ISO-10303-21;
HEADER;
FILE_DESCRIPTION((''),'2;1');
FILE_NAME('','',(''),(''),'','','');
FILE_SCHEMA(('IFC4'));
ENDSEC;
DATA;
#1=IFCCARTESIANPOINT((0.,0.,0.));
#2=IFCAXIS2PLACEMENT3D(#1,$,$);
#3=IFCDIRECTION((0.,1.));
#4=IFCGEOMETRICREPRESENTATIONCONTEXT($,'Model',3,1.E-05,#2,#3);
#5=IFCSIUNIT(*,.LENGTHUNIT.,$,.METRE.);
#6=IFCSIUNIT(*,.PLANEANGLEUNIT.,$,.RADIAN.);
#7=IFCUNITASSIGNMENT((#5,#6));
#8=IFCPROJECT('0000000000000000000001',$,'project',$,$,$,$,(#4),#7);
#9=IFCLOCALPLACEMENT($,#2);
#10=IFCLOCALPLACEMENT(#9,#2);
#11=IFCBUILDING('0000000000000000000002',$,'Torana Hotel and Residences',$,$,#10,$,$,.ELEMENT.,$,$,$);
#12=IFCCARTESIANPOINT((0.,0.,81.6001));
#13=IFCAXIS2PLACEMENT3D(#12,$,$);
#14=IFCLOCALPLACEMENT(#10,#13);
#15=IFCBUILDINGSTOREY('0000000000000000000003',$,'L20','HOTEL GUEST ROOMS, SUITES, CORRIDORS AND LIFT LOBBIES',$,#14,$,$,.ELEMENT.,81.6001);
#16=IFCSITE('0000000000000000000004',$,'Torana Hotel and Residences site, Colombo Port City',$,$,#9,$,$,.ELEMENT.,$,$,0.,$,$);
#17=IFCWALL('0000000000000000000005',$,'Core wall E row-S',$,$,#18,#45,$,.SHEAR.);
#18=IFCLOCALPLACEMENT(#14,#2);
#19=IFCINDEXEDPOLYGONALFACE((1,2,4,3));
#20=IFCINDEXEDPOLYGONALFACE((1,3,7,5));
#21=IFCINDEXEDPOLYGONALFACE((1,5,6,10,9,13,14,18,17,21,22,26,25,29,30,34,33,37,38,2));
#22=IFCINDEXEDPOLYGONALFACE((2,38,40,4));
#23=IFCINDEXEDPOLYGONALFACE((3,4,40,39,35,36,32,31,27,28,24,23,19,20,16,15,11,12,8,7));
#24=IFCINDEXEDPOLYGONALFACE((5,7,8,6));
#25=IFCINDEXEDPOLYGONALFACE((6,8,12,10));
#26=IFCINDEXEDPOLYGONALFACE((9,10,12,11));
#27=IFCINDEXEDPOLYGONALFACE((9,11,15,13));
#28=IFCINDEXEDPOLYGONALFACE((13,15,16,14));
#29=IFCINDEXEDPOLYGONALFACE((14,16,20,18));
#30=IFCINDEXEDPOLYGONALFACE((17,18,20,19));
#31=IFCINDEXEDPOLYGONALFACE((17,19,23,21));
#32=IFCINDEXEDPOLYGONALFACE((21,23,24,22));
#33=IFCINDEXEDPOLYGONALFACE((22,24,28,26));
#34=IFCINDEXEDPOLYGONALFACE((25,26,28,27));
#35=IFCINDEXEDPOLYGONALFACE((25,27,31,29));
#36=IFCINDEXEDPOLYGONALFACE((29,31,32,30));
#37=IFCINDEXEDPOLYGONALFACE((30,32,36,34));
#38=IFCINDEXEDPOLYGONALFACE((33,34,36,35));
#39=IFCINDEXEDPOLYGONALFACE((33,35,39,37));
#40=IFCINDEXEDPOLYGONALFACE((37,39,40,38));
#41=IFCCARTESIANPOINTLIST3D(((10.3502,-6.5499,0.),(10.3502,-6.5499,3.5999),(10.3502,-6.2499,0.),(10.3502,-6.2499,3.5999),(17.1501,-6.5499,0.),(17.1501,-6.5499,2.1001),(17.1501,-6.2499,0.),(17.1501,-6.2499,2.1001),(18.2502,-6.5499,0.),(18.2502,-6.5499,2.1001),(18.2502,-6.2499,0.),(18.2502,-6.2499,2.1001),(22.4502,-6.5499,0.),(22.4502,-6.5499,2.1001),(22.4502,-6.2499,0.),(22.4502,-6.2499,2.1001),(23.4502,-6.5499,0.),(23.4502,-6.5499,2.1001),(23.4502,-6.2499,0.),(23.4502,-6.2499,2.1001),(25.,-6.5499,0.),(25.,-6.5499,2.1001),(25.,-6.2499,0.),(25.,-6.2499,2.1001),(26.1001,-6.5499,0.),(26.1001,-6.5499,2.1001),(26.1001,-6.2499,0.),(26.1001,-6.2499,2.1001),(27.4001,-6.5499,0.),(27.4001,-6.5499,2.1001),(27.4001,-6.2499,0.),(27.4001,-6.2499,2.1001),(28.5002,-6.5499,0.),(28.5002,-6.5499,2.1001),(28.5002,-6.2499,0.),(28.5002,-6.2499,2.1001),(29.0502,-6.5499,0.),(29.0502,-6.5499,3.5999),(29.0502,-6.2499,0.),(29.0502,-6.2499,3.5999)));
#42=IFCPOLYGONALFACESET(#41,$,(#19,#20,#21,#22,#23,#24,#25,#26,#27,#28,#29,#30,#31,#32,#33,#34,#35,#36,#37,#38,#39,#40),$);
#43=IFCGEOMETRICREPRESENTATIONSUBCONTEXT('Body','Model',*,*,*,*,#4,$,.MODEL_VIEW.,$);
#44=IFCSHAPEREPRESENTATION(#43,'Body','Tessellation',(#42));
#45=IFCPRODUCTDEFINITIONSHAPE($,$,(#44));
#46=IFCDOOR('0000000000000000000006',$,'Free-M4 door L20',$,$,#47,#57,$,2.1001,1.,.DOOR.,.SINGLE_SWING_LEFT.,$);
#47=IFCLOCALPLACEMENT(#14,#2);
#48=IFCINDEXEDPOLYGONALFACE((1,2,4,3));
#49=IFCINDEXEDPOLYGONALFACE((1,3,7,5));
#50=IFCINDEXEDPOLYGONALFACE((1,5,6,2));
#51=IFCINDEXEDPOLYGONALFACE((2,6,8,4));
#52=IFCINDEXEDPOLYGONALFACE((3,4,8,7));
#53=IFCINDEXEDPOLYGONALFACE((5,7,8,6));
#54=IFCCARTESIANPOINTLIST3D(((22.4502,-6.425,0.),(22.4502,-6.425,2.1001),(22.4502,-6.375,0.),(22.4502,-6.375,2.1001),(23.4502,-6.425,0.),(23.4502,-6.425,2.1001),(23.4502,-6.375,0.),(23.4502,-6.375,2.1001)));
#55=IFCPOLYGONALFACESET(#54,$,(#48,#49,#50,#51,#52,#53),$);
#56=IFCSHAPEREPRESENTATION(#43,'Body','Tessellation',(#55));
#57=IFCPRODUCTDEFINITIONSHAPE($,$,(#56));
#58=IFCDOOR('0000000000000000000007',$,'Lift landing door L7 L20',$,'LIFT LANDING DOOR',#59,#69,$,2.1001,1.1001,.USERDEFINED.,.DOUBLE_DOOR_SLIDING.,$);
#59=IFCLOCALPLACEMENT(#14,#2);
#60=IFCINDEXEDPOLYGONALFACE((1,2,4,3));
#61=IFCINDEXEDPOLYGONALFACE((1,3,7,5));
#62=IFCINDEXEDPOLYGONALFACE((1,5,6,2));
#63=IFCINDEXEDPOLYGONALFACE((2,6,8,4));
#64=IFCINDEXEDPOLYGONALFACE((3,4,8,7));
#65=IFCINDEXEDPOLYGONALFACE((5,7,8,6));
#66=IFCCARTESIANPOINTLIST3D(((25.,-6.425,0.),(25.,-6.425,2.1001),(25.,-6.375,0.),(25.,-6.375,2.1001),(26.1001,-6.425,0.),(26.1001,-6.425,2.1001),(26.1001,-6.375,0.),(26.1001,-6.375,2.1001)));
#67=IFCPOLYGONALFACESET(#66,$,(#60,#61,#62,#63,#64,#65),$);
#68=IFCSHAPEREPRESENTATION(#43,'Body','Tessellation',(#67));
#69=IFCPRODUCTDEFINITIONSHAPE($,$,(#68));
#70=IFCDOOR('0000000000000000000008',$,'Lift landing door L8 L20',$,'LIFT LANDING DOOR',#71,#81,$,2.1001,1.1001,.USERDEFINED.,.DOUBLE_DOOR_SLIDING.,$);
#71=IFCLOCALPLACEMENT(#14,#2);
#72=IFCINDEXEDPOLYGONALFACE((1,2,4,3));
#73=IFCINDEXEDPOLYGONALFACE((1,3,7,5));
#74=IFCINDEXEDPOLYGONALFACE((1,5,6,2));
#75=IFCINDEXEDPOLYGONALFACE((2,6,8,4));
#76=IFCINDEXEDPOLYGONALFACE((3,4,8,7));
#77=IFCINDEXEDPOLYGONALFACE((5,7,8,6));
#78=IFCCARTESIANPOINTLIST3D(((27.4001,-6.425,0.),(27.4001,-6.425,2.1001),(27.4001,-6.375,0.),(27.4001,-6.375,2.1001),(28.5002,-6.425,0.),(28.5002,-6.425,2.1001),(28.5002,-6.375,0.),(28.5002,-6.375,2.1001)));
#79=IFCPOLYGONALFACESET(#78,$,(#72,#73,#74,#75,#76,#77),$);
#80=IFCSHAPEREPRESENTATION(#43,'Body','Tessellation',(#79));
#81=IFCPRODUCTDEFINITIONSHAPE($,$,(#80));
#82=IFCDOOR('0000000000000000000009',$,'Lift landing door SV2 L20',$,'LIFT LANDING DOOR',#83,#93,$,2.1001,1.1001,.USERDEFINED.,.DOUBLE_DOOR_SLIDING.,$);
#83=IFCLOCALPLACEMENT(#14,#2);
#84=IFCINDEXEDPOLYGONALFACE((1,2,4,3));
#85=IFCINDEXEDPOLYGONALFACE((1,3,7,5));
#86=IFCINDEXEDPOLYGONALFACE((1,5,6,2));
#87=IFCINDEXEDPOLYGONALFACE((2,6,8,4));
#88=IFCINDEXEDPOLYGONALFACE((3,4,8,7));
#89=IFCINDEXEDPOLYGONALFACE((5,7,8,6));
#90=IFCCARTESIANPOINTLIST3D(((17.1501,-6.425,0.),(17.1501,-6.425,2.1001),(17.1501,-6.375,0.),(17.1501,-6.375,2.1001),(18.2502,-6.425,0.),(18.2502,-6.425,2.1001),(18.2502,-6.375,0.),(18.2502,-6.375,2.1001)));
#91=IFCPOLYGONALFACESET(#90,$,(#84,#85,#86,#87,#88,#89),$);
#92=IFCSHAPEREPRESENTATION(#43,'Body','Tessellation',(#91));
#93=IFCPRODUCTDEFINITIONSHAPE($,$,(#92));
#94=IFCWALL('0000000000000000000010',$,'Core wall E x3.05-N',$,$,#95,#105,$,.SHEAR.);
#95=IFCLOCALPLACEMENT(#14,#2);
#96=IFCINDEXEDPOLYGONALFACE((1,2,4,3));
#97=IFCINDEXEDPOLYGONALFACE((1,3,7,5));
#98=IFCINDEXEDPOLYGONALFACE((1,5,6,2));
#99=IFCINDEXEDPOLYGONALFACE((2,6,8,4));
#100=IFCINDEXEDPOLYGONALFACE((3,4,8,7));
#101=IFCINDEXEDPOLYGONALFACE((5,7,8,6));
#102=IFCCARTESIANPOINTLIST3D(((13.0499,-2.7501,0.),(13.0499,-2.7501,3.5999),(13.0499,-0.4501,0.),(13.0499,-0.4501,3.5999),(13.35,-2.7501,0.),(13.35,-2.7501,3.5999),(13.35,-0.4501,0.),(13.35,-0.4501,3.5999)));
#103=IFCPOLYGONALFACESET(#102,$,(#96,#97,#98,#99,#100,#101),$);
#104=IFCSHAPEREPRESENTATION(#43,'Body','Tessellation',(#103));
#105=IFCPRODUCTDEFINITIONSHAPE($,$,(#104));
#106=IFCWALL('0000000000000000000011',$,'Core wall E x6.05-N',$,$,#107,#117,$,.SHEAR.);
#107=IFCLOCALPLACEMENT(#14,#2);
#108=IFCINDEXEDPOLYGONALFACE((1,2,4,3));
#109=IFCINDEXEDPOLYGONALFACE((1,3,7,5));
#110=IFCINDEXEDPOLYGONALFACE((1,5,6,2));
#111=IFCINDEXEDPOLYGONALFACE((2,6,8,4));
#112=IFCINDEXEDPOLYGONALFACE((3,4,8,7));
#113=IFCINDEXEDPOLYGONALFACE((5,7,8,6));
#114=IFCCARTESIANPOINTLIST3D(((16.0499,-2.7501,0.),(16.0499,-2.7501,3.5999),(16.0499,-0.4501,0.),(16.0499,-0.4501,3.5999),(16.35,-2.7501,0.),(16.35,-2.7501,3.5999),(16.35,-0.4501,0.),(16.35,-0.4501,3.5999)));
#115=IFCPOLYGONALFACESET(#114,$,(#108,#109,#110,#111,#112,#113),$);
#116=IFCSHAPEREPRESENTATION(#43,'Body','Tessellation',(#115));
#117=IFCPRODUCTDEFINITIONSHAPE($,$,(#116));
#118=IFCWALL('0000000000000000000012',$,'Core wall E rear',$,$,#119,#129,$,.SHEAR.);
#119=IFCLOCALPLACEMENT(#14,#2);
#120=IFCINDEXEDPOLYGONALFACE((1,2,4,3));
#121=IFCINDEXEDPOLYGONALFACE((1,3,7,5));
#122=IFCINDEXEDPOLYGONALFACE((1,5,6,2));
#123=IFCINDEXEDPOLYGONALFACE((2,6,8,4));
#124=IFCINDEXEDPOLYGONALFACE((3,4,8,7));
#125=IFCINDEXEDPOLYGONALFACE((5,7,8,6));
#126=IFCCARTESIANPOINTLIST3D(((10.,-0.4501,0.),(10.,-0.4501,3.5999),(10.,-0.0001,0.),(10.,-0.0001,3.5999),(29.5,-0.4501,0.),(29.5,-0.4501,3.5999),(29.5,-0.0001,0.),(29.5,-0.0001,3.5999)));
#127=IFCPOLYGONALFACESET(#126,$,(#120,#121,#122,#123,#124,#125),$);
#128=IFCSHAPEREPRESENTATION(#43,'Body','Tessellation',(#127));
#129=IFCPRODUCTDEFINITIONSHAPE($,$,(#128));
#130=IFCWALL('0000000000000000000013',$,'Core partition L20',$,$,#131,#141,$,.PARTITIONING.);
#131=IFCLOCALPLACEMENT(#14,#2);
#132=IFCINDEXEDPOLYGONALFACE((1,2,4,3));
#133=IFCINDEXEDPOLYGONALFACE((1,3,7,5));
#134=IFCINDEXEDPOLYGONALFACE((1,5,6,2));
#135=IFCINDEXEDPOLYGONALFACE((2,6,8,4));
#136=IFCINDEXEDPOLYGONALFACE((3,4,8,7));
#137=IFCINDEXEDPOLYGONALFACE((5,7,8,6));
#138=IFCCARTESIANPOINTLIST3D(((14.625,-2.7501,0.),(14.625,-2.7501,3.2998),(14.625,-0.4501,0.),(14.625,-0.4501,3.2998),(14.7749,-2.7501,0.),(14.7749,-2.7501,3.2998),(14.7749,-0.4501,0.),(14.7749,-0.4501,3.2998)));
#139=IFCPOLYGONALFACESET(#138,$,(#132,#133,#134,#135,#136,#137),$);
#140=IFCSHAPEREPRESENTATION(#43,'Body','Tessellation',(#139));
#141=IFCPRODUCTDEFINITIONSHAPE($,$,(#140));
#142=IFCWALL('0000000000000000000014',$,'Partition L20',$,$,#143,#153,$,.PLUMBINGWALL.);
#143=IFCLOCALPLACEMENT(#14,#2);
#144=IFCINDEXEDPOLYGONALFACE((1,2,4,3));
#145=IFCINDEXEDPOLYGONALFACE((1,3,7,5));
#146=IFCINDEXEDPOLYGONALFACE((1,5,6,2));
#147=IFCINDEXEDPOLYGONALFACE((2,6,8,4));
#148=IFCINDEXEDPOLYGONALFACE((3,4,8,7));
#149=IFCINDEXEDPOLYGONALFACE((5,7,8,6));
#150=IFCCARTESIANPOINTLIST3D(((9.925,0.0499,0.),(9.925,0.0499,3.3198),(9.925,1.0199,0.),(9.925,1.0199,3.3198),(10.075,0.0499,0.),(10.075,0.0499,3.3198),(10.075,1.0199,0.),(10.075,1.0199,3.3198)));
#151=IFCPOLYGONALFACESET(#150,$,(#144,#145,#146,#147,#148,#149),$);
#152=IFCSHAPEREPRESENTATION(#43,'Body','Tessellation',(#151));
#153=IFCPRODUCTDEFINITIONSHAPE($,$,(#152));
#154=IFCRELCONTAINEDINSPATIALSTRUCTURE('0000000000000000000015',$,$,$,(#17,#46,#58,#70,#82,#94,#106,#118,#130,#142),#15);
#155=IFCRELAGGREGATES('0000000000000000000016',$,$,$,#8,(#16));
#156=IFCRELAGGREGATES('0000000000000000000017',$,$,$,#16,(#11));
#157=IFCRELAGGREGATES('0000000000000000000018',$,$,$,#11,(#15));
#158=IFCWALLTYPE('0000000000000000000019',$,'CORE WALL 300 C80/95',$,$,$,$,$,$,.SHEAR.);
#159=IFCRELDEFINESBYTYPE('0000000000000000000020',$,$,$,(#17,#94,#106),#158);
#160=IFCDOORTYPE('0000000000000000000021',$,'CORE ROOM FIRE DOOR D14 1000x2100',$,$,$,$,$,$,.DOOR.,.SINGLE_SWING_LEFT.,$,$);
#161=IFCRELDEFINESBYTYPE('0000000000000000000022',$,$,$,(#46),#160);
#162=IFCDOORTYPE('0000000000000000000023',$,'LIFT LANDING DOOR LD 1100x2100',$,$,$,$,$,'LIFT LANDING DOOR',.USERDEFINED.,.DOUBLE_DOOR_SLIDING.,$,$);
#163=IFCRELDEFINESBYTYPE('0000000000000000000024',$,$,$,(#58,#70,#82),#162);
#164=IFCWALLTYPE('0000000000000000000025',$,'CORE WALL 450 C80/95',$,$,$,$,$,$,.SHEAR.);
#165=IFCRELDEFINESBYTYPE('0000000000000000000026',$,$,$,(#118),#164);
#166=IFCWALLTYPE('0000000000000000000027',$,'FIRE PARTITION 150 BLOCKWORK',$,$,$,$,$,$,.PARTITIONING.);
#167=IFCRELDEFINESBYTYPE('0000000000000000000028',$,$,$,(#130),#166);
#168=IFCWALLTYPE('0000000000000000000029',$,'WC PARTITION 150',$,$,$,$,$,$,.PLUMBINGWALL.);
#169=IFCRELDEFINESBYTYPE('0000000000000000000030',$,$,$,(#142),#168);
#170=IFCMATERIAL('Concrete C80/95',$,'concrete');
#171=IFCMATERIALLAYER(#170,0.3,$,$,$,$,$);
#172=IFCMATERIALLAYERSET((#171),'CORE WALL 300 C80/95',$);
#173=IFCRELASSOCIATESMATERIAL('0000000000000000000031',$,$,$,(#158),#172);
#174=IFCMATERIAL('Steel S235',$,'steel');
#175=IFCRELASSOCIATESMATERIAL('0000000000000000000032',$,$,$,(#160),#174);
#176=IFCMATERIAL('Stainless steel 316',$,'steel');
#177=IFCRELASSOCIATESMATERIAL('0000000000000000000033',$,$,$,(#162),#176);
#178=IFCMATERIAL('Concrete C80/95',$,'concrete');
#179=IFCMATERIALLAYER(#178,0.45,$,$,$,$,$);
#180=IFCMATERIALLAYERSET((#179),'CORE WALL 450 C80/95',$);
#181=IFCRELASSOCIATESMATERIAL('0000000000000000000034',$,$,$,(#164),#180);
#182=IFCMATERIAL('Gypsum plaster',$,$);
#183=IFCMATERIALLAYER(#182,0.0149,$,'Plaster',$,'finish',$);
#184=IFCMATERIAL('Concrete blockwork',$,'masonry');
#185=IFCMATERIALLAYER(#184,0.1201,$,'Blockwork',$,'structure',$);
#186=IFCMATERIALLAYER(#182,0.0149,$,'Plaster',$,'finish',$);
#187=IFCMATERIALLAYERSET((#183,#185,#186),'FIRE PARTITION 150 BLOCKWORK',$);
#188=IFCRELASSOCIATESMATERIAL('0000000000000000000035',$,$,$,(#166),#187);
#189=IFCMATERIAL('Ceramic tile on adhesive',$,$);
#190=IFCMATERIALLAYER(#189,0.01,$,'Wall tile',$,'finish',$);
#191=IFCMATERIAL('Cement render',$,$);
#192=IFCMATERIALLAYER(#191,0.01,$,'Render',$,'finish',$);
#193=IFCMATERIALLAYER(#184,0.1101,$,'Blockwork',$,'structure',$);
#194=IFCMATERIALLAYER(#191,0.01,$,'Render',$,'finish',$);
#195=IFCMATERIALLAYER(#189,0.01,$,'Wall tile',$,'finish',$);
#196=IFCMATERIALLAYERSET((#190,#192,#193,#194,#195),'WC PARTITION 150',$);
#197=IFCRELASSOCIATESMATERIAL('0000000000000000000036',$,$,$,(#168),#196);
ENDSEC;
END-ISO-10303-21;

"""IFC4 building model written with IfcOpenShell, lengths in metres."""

from ifc_helpers import new_model, si_unit, direction, frame, frame_2d, origin, place, context, subcontext, project, spatial, rectangle, extrude, material, layer, layer_set, type_object, element, fill, save


model = new_model("IFC4")

# Units and contexts
model_context = context("Model", 3, precision=1e-05, world=origin(), true_north=direction((0.0, 1.0)))
body_context = subcontext(model_context, "Body", "Model", "MODEL_VIEW")
ifc_project = project(units=[si_unit("LENGTHUNIT", "METRE"), si_unit("PLANEANGLEUNIT", "RADIAN")], contexts=[model_context])

# Site, building, storey
site_placement = place(None, origin())
site = spatial("IfcSite", under=ifc_project, at=site_placement, Name="Torana Hotel and Residences site, Colombo Port City", CompositionType="ELEMENT", RefElevation=0.0)
building_placement = place(site_placement, origin())
building = spatial("IfcBuilding", under=site, at=building_placement, Name="Torana Hotel and Residences", CompositionType="ELEMENT")
storey_placement = place(building_placement, frame((0.0, 0.0, 81.6001)))
storey = spatial("IfcBuildingStorey", under=building, at=storey_placement, Name="L20", Description="HOTEL GUEST ROOMS, SUITES, CORRIDORS AND LIFT LOBBIES", CompositionType="ELEMENT", Elevation=81.6001)

# Wall, openings, doors
ifc_material_1 = material(Name="Concrete C80/95", Category="concrete")
ifc_layer_1 = layer(ifc_material_1, 0.3)
ifc_layer_set_1 = layer_set([ifc_layer_1], Name="CORE WALL 300 C80/95")
wall_type_1 = type_object("IfcWallType", Name="CORE WALL 300 C80/95", PredefinedType="SHEAR", material=ifc_layer_set_1)
ifc_material_2 = material(Name="Steel S235", Category="steel")
door_type_1 = type_object("IfcDoorType", Name="CORE ROOM FIRE DOOR D14 1000x2100", OperationType="SINGLE_SWING_LEFT", PredefinedType="DOOR", material=ifc_material_2)
ifc_material_3 = material(Name="Stainless steel 316", Category="steel")
door_type_2 = type_object("IfcDoorType", Name="LIFT LANDING DOOR LD 1100x2100", ElementType="LIFT LANDING DOOR", OperationType="DOUBLE_DOOR_SLIDING", PredefinedType="USERDEFINED", material=ifc_material_3)
wall_1_placement = place(storey_placement, frame((10.3501, -6.3999, 0.0), z_axis=(0.0, 0.0, 1.0), x_axis=(1.0, 0.0, 0.0)))
wall_1 = element("IfcWall", 1, at=wall_1_placement, inside=storey, type_object=wall_type_1, Name="Core wall E row-S", PredefinedType="SHEAR", context=body_context, shape_type="SweptSolid", body=[
    extrude(rectangle(XDim=18.7, YDim=0.3, at=frame_2d((9.3501, 0.0))), origin(), (0.0, 0.0, 1.0), 3.5999),
])
opening_1_placement = place(wall_1_placement, frame((14.6499, 0.0, 0.0)))
opening_1 = element("IfcOpeningElement", 2, at=opening_1_placement, cuts=wall_1, PredefinedType="OPENING", context=body_context, shape_type="SweptSolid", body=[
    extrude(rectangle(XDim=1.1001, YDim=2.1001, at=frame_2d((0.55, 1.05))), frame((0.0, 0.1599, 0.0), z_axis=(0.0, -1.0, 0.0), x_axis=(1.0, 0.0, 0.0)), (0.0, 0.0, 1.0), 0.3201),
])
opening_2_placement = place(wall_1_placement, frame((17.05, 0.0, 0.0)))
opening_2 = element("IfcOpeningElement", 3, at=opening_2_placement, cuts=wall_1, PredefinedType="OPENING", context=body_context, shape_type="SweptSolid", body=[
    extrude(rectangle(XDim=1.1001, YDim=2.1001, at=frame_2d((0.55, 1.05))), frame((0.0, 0.1599, 0.0), z_axis=(0.0, -1.0, 0.0), x_axis=(1.0, 0.0, 0.0)), (0.0, 0.0, 1.0), 0.3201),
])
opening_3_placement = place(wall_1_placement, frame((6.8, 0.0, 0.0)))
opening_3 = element("IfcOpeningElement", 4, at=opening_3_placement, cuts=wall_1, PredefinedType="OPENING", context=body_context, shape_type="SweptSolid", body=[
    extrude(rectangle(XDim=1.1001, YDim=2.1001, at=frame_2d((0.55, 1.05))), frame((0.0, 0.1599, 0.0), z_axis=(0.0, -1.0, 0.0), x_axis=(1.0, 0.0, 0.0)), (0.0, 0.0, 1.0), 0.3201),
])
opening_4_placement = place(wall_1_placement, frame((12.1001, 0.0, 0.0)))
opening_4 = element("IfcOpeningElement", 5, at=opening_4_placement, cuts=wall_1, PredefinedType="OPENING", context=body_context, shape_type="SweptSolid", body=[
    extrude(rectangle(XDim=1.0, YDim=2.1001, at=frame_2d((0.5, 1.05))), frame((0.0, 0.1599, 0.0), z_axis=(0.0, -1.0, 0.0), x_axis=(1.0, 0.0, 0.0)), (0.0, 0.0, 1.0), 0.3201),
])
door_1_placement = place(opening_4_placement, frame((0.5, 0.0, 0.0), z_axis=(0.0, 0.0, 1.0), x_axis=(-1.0, 0.0, 0.0)))
door_1 = element("IfcDoor", 6, at=door_1_placement, inside=storey, type_object=door_type_1, Name="Free-M4 door L20", OperationType="SINGLE_SWING_LEFT", OverallHeight=2.1001, OverallWidth=1.0, PredefinedType="DOOR", context=body_context, shape_type="SweptSolid", body=[
    extrude(rectangle(XDim=1.0, YDim=2.1001, at=frame_2d((0.0, 1.05))), frame((0.0, -0.0249, 0.0), z_axis=(0.0, 1.0, 0.0), x_axis=(-1.0, 0.0, 0.0)), (0.0, 0.0, 1.0), 0.05),
])
fill(opening_4, door_1)
door_2_placement = place(opening_1_placement, origin())
door_2 = element("IfcDoor", 7, at=door_2_placement, inside=storey, type_object=door_type_2, Name="Lift landing door L7 L20", ObjectType="LIFT LANDING DOOR", OperationType="DOUBLE_DOOR_SLIDING", OverallHeight=2.1001, OverallWidth=1.1001, PredefinedType="USERDEFINED", context=body_context, shape_type="SweptSolid", body=[
    extrude(rectangle(XDim=1.1001, YDim=2.1001, at=frame_2d((0.55, 1.05))), frame((0.0, 0.0249, 0.0), z_axis=(0.0, -1.0, 0.0), x_axis=(1.0, 0.0, 0.0)), (0.0, 0.0, 1.0), 0.05),
])
fill(opening_1, door_2)
door_3_placement = place(opening_2_placement, origin())
door_3 = element("IfcDoor", 8, at=door_3_placement, inside=storey, type_object=door_type_2, Name="Lift landing door L8 L20", ObjectType="LIFT LANDING DOOR", OperationType="DOUBLE_DOOR_SLIDING", OverallHeight=2.1001, OverallWidth=1.1001, PredefinedType="USERDEFINED", context=body_context, shape_type="SweptSolid", body=[
    extrude(rectangle(XDim=1.1001, YDim=2.1001, at=frame_2d((0.55, 1.05))), frame((0.0, 0.0249, 0.0), z_axis=(0.0, -1.0, 0.0), x_axis=(1.0, 0.0, 0.0)), (0.0, 0.0, 1.0), 0.05),
])
fill(opening_2, door_3)
door_4_placement = place(opening_3_placement, origin())
door_4 = element("IfcDoor", 9, at=door_4_placement, inside=storey, type_object=door_type_2, Name="Lift landing door SV2 L20", ObjectType="LIFT LANDING DOOR", OperationType="DOUBLE_DOOR_SLIDING", OverallHeight=2.1001, OverallWidth=1.1001, PredefinedType="USERDEFINED", context=body_context, shape_type="SweptSolid", body=[
    extrude(rectangle(XDim=1.1001, YDim=2.1001, at=frame_2d((0.55, 1.05))), frame((0.0, 0.0249, 0.0), z_axis=(0.0, -1.0, 0.0), x_axis=(1.0, 0.0, 0.0)), (0.0, 0.0, 1.0), 0.05),
])
fill(opening_3, door_4)

# Walls
for number, where, z_axis, x_axis, name in (
    (10, (13.2, -2.75, 0.0), (0.0, 0.0, 1.0), (0.0, 1.0, 0.0), "Core wall E x3.05-N"),
    (11, (16.2, -2.75, 0.0), (0.0, 0.0, 1.0), (0.0, 1.0, 0.0), "Core wall E x6.05-N"),
):
    element("IfcWall", number, at=place(storey_placement, frame(where, z_axis=z_axis, x_axis=x_axis)), inside=storey, type_object=wall_type_1, Name=name, PredefinedType="SHEAR", context=body_context, shape_type="SweptSolid", body=[
        extrude(rectangle(XDim=2.3, YDim=0.3, at=frame_2d((1.1499, 0.0))), origin(), (0.0, 0.0, 1.0), 3.5999),
    ])
ifc_material_4 = material(Name="Concrete C80/95", Category="concrete")
ifc_layer_2 = layer(ifc_material_4, 0.45)
ifc_layer_set_2 = layer_set([ifc_layer_2], Name="CORE WALL 450 C80/95")
wall_type_2 = type_object("IfcWallType", Name="CORE WALL 450 C80/95", PredefinedType="SHEAR", material=ifc_layer_set_2)
wall_2_placement = place(storey_placement, frame((10.0, -0.2251, 0.0), z_axis=(0.0, 0.0, 1.0), x_axis=(1.0, 0.0, 0.0)))
element("IfcWall", 12, at=wall_2_placement, inside=storey, type_object=wall_type_2, Name="Core wall E rear", PredefinedType="SHEAR", context=body_context, shape_type="SweptSolid", body=[
    extrude(rectangle(XDim=19.5, YDim=0.45, at=frame_2d((9.75, 0.0))), origin(), (0.0, 0.0, 1.0), 3.5999),
])
ifc_material_5 = material(Name="Gypsum plaster")
ifc_layer_3 = layer(ifc_material_5, 0.0149, Name="Plaster", Category="finish")
ifc_material_6 = material(Name="Concrete blockwork", Category="masonry")
ifc_layer_4 = layer(ifc_material_6, 0.1201, Name="Blockwork", Category="structure")
ifc_layer_5 = layer(ifc_material_5, 0.0149, Name="Plaster", Category="finish")
ifc_layer_set_3 = layer_set([ifc_layer_3, ifc_layer_4, ifc_layer_5], Name="FIRE PARTITION 150 BLOCKWORK")
wall_type_3 = type_object("IfcWallType", Name="FIRE PARTITION 150 BLOCKWORK", PredefinedType="PARTITIONING", material=ifc_layer_set_3)
wall_3_placement = place(storey_placement, frame((14.7, -2.75, 0.0), z_axis=(0.0, 0.0, 1.0), x_axis=(0.0, 1.0, 0.0)))
element("IfcWall", 13, at=wall_3_placement, inside=storey, type_object=wall_type_3, Name="Core partition L20", PredefinedType="PARTITIONING", context=body_context, shape_type="SweptSolid", body=[
    extrude(rectangle(XDim=2.3, YDim=0.1499, at=frame_2d((1.1499, 0.0))), origin(), (0.0, 0.0, 1.0), 3.2998),
])
ifc_material_7 = material(Name="Ceramic tile on adhesive")
ifc_layer_6 = layer(ifc_material_7, 0.01, Name="Wall tile", Category="finish")
ifc_material_8 = material(Name="Cement render")
ifc_layer_7 = layer(ifc_material_8, 0.01, Name="Render", Category="finish")
ifc_layer_8 = layer(ifc_material_6, 0.1101, Name="Blockwork", Category="structure")
ifc_layer_9 = layer(ifc_material_8, 0.01, Name="Render", Category="finish")
ifc_layer_10 = layer(ifc_material_7, 0.01, Name="Wall tile", Category="finish")
ifc_layer_set_4 = layer_set([ifc_layer_6, ifc_layer_7, ifc_layer_8, ifc_layer_9, ifc_layer_10], Name="WC PARTITION 150")
wall_type_4 = type_object("IfcWallType", Name="WC PARTITION 150", PredefinedType="PLUMBINGWALL", material=ifc_layer_set_4)
wall_4_placement = place(storey_placement, frame((10.0, 0.05, 0.0), z_axis=(0.0, 0.0, 1.0), x_axis=(0.0, 1.0, 0.0)))
element("IfcWall", 14, at=wall_4_placement, inside=storey, type_object=wall_type_4, Name="Partition L20", PredefinedType="PLUMBINGWALL", context=body_context, shape_type="SweptSolid", body=[
    extrude(rectangle(XDim=0.97, YDim=0.1499, at=frame_2d((0.4849, 0.0))), origin(), (0.0, 0.0, 1.0), 3.3198),
])

save(model, "model.ifc")
